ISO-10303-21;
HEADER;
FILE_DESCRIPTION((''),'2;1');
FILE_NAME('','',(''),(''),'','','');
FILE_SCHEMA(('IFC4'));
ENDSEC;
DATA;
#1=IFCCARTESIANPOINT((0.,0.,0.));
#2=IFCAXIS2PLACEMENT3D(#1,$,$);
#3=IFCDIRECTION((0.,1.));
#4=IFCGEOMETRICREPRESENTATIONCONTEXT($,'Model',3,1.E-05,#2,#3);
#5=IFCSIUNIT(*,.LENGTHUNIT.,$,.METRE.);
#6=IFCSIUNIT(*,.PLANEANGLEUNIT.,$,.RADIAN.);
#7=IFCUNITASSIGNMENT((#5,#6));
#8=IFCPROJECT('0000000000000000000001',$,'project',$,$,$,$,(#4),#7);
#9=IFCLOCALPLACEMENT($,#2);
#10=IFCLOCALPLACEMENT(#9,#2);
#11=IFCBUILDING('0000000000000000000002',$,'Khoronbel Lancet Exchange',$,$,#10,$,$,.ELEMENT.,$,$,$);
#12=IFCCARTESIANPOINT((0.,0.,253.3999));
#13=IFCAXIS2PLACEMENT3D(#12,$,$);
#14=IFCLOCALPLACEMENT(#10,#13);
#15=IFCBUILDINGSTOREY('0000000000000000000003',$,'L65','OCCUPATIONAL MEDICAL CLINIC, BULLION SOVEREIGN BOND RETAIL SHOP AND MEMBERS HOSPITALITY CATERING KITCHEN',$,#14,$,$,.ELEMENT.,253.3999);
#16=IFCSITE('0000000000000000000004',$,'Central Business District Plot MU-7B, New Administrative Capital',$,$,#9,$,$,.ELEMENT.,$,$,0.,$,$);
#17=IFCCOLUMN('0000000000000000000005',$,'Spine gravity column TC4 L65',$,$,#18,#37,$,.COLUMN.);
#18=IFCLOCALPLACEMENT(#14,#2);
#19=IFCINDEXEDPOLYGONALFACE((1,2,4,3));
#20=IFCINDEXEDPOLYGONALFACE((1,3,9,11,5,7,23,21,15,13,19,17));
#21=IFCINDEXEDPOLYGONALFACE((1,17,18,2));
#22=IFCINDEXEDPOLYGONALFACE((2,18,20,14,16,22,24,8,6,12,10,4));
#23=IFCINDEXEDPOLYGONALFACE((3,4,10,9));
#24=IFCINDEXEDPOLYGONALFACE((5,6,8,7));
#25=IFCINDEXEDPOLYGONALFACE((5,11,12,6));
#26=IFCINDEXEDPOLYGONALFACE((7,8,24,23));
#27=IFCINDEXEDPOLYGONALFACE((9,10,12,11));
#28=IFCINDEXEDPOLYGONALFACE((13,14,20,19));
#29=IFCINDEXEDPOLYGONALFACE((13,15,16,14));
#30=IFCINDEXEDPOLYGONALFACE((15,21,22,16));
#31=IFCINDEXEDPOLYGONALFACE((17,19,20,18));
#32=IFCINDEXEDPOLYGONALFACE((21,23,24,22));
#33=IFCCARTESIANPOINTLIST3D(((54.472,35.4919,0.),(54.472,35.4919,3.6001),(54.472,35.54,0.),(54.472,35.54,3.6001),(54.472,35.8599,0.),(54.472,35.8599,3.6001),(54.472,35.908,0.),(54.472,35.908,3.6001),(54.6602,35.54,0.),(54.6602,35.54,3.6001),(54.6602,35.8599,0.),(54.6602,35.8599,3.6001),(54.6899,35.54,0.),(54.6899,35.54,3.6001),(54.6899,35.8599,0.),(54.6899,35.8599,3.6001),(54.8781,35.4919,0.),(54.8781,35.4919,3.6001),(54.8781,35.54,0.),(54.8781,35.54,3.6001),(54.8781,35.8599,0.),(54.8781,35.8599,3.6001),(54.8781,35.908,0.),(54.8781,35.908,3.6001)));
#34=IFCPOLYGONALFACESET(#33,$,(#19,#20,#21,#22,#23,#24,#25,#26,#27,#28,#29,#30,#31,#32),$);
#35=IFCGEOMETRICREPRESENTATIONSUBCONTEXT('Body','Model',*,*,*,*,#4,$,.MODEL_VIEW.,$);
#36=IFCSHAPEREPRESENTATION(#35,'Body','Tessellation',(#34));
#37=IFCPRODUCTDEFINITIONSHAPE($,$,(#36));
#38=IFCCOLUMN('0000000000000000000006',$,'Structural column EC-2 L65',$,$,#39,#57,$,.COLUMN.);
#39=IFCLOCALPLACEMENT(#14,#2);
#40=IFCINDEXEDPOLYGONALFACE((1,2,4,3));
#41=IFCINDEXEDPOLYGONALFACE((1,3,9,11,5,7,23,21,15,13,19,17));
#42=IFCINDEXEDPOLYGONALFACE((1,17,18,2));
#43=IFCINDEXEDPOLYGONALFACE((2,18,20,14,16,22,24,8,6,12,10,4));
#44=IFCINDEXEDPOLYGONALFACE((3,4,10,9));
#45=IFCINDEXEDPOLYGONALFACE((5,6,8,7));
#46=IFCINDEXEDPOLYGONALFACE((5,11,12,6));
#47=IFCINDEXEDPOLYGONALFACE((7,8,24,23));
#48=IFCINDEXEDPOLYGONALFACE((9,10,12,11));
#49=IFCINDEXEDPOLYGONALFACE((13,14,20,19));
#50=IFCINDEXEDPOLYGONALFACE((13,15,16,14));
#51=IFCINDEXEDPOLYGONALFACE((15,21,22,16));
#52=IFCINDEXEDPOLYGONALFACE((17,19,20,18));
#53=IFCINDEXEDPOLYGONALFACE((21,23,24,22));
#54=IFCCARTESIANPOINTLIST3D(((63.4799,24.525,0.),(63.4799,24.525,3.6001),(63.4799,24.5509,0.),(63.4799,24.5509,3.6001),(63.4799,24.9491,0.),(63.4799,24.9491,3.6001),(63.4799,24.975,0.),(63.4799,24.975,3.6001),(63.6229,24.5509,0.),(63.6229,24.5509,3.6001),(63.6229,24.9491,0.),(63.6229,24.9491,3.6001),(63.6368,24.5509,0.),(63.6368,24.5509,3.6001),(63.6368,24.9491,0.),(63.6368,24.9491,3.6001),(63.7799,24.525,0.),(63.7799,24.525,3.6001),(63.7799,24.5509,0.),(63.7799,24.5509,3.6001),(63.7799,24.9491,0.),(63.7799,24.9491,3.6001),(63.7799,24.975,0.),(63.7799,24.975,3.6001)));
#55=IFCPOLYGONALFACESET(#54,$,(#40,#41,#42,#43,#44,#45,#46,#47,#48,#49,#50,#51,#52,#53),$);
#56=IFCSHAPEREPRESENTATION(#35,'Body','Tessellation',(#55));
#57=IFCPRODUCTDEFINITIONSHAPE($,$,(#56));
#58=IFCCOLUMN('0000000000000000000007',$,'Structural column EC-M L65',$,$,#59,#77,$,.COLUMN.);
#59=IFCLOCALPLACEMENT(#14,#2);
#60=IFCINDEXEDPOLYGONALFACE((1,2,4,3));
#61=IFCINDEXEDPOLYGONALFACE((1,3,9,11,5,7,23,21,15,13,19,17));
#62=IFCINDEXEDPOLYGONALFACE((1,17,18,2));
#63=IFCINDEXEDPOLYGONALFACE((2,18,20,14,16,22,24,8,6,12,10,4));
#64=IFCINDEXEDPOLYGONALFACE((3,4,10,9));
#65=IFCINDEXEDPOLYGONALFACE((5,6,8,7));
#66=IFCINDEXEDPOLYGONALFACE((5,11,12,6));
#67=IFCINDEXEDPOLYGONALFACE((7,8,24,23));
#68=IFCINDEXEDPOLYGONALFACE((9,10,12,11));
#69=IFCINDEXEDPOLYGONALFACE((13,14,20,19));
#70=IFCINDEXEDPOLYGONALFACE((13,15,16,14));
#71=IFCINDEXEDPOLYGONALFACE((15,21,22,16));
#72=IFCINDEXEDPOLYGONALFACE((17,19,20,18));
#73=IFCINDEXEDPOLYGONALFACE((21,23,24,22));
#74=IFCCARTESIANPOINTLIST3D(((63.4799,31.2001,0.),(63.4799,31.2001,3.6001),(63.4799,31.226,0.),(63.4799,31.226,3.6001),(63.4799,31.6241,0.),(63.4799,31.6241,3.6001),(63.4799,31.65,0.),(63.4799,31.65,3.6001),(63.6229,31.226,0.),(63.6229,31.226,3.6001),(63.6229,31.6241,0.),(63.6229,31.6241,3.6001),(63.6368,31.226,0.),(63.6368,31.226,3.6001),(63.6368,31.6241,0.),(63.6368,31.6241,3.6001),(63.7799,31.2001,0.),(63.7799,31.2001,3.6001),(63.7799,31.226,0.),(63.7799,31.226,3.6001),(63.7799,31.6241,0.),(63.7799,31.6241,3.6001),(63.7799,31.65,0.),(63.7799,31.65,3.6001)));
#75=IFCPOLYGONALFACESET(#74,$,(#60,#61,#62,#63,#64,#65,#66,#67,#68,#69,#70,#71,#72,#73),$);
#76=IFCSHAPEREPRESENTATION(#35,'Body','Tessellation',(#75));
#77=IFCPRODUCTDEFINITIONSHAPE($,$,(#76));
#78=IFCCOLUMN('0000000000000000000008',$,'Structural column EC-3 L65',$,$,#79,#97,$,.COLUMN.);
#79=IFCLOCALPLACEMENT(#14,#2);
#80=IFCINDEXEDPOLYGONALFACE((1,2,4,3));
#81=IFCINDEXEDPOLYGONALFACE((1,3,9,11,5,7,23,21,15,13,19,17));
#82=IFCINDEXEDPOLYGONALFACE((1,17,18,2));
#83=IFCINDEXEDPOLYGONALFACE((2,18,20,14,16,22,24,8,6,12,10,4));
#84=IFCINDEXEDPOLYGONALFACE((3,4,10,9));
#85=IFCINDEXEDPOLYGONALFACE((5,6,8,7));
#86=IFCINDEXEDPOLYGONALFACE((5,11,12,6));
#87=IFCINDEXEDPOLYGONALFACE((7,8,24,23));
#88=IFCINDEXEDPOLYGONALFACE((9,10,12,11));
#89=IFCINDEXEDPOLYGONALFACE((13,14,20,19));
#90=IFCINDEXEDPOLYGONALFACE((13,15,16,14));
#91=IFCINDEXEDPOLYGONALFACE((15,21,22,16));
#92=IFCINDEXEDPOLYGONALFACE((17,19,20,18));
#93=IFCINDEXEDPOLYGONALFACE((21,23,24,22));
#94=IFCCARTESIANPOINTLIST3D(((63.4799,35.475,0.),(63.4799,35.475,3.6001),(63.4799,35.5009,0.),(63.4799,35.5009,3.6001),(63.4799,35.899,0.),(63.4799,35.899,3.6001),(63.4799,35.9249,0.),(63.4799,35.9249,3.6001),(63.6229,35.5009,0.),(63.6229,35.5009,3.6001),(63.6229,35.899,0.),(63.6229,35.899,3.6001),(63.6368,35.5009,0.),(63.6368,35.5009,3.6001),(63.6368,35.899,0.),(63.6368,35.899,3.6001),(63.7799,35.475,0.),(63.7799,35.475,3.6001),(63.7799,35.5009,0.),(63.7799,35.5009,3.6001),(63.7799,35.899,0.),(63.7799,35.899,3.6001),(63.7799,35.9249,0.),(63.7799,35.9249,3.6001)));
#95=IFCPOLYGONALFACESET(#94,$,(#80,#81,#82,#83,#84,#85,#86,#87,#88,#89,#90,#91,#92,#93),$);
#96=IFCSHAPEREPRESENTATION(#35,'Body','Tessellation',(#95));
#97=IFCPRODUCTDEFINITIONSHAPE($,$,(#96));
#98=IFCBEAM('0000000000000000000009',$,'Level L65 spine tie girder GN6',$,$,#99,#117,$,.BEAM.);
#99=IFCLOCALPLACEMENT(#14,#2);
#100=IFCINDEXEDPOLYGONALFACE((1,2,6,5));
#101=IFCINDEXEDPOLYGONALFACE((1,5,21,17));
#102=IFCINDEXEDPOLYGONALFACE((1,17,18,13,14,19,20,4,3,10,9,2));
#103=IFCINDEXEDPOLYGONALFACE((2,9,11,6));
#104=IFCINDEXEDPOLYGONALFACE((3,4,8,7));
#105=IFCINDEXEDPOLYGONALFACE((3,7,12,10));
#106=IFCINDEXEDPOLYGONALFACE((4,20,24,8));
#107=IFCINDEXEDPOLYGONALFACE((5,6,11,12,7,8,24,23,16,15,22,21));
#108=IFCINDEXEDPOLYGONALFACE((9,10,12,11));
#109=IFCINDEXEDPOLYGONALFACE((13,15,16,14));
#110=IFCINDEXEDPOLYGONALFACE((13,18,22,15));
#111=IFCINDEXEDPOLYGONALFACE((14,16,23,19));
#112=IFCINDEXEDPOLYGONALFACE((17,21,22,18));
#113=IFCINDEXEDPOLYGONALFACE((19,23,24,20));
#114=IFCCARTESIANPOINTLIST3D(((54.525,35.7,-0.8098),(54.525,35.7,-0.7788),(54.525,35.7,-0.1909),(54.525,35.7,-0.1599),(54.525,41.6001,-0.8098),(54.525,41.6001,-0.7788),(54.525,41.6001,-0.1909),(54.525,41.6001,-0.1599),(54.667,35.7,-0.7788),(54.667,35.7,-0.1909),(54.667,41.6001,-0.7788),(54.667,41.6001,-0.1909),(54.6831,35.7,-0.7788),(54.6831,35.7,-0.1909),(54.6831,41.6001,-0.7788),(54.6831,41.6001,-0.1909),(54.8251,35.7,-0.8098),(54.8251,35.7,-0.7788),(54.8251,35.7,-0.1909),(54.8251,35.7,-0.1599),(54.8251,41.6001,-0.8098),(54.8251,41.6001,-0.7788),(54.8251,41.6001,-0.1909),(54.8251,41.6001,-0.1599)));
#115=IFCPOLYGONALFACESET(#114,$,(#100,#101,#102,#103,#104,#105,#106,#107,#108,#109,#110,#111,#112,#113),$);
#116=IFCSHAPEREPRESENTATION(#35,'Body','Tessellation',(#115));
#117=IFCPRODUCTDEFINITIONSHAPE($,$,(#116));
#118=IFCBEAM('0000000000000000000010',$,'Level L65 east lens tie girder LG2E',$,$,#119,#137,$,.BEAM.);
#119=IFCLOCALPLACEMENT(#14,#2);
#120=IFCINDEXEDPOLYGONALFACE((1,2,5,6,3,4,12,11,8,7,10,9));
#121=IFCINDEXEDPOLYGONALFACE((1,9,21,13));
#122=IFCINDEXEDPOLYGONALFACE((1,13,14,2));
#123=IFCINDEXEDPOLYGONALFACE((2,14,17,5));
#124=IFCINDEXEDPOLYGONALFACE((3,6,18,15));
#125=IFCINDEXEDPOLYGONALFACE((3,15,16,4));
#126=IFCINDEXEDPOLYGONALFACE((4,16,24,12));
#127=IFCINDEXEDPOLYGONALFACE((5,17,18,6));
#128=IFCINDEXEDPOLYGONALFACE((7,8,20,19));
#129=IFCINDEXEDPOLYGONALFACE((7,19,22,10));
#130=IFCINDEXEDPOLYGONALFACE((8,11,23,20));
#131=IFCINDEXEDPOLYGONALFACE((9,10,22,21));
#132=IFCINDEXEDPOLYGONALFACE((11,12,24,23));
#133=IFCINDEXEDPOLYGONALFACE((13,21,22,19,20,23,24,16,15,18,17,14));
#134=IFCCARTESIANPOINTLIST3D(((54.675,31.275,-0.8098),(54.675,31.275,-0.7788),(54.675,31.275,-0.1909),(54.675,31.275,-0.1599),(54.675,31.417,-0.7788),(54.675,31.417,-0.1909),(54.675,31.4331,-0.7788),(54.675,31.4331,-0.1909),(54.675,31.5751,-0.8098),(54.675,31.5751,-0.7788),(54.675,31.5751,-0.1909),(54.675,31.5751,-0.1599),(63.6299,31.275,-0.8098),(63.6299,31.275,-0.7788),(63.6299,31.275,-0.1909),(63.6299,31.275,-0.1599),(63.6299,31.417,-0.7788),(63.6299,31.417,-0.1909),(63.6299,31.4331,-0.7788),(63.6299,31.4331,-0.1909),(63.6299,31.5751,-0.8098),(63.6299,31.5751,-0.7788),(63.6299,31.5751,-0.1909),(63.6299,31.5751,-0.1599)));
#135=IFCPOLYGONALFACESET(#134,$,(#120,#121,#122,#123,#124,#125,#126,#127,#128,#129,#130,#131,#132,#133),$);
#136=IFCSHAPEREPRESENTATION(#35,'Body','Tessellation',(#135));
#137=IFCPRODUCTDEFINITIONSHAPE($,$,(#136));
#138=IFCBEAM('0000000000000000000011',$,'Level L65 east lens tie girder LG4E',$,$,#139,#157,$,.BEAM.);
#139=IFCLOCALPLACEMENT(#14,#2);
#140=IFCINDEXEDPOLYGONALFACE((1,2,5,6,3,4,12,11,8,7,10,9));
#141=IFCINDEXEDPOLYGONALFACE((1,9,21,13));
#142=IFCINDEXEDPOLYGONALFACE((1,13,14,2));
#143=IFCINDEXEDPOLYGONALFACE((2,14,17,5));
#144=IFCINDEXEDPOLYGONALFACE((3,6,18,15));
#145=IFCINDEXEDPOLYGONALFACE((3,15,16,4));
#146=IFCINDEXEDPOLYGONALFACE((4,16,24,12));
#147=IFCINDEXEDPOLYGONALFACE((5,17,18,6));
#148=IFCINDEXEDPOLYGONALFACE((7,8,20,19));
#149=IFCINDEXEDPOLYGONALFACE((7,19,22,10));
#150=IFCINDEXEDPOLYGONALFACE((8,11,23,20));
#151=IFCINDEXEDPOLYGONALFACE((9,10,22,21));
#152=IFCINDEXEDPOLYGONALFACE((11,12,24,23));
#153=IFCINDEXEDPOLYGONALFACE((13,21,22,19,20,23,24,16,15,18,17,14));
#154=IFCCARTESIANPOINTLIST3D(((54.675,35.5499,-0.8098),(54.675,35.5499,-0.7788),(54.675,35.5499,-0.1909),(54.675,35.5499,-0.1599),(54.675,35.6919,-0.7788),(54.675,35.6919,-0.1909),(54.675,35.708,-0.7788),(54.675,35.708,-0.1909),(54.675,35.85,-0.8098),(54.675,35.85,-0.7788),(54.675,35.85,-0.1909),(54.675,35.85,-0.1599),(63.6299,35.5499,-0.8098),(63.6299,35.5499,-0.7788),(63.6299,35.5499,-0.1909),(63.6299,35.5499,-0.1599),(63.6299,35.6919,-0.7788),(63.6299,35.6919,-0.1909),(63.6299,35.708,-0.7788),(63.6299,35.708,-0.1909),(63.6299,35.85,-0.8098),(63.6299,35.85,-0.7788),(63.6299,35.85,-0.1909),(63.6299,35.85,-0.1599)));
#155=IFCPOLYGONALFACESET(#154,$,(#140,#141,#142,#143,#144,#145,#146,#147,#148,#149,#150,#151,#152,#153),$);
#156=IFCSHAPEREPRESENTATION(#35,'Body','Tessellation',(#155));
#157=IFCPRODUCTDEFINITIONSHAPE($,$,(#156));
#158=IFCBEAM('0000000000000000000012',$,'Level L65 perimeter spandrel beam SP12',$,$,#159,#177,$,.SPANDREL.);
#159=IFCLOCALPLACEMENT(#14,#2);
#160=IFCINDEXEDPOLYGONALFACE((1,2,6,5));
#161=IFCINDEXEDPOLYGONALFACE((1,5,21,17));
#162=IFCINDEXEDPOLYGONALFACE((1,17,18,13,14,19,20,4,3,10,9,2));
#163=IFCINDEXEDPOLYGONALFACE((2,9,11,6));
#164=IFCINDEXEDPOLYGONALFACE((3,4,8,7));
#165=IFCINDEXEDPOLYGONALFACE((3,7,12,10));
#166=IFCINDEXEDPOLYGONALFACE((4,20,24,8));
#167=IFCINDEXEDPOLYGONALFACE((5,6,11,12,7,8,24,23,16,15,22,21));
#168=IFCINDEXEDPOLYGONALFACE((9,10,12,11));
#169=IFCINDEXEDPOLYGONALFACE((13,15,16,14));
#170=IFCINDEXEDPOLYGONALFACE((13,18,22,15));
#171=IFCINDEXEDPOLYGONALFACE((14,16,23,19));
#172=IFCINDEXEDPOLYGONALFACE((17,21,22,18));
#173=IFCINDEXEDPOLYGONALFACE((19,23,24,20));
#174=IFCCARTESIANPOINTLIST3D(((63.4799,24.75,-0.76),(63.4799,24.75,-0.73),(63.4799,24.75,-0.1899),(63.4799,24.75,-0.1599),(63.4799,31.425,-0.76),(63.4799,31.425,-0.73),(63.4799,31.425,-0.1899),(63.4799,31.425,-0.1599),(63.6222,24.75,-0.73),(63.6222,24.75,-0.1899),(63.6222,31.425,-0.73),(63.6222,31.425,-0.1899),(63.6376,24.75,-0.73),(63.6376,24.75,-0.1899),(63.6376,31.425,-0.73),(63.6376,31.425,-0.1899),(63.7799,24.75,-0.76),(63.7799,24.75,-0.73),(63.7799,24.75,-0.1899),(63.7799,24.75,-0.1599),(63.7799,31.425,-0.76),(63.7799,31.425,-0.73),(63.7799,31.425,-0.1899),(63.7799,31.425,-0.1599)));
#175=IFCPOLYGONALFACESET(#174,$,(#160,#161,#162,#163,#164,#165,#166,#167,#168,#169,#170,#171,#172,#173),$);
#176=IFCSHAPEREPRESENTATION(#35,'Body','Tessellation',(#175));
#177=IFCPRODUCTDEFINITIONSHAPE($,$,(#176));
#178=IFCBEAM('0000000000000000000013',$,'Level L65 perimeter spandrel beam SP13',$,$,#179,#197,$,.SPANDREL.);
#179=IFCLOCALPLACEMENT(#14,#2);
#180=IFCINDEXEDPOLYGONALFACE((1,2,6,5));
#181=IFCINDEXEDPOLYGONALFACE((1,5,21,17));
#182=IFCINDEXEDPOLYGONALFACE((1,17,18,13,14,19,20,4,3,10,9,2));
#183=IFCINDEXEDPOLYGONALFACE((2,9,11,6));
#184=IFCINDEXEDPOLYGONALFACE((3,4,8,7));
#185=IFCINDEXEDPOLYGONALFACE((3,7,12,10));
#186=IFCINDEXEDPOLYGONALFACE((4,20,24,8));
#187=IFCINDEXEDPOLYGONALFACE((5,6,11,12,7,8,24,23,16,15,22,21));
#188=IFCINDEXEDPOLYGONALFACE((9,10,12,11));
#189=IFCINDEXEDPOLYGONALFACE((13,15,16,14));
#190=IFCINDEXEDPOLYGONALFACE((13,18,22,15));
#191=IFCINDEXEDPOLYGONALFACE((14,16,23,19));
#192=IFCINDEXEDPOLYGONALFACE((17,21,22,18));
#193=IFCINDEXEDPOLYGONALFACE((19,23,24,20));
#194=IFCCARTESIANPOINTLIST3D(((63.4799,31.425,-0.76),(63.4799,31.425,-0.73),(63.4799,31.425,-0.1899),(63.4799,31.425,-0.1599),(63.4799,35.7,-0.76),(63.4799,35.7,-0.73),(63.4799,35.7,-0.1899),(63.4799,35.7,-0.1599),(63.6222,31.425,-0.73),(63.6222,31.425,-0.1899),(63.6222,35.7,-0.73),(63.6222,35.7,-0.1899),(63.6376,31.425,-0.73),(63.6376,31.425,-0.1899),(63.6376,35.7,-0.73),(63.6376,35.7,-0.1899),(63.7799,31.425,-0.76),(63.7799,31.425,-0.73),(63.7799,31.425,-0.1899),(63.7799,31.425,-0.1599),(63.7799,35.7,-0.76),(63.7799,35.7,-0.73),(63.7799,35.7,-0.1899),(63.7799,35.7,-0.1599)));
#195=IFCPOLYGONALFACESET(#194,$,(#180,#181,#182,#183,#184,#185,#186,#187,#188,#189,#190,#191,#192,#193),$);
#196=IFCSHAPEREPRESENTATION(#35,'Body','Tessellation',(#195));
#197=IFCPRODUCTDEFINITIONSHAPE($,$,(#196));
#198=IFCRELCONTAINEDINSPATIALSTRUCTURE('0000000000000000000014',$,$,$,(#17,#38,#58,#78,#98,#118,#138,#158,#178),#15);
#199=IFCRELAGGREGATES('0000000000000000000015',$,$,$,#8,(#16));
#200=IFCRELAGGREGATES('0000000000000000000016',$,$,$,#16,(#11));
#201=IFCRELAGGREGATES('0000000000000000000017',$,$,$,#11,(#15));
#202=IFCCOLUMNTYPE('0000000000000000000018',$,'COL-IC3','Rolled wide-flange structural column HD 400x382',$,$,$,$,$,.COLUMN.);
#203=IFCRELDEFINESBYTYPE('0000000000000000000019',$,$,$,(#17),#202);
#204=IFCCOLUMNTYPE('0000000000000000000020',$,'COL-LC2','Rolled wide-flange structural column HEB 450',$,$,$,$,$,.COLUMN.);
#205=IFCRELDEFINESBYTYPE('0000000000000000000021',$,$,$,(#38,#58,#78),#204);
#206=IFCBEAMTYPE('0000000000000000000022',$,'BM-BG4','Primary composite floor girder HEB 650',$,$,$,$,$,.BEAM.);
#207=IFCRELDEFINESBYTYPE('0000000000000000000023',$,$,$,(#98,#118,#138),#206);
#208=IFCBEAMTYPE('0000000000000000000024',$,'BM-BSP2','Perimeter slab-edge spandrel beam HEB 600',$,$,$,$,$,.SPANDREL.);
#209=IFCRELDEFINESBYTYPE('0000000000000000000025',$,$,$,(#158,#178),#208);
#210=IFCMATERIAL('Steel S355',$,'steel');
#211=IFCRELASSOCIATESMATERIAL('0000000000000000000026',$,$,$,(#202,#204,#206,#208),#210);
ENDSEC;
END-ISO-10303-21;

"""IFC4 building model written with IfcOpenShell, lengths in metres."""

from ifc_helpers import new_model, si_unit, direction, frame, origin, origin_2d, place, context, subcontext, project, spatial, i_section, extrude, material, material_profile, profile_set, type_object, element, save


model = new_model("IFC4")

# Units and contexts
model_context = context("Model", 3, precision=1e-05, world=origin(), true_north=direction((0.0, 1.0)))
body_context = subcontext(model_context, "Body", "Model", "MODEL_VIEW")
ifc_project = project(units=[si_unit("LENGTHUNIT", "METRE"), si_unit("PLANEANGLEUNIT", "RADIAN")], contexts=[model_context])

# Site, building, storey
site_placement = place(None, origin())
site = spatial("IfcSite", under=ifc_project, at=site_placement, Name="Central Business District Plot MU-7B, New Administrative Capital", CompositionType="ELEMENT", RefElevation=0.0)
building_placement = place(site_placement, origin())
building = spatial("IfcBuilding", under=site, at=building_placement, Name="Khoronbel Lancet Exchange", CompositionType="ELEMENT")
storey_placement = place(building_placement, frame((0.0, 0.0, 253.3999)))
storey = spatial("IfcBuildingStorey", under=building, at=storey_placement, Name="L65", Description="OCCUPATIONAL MEDICAL CLINIC, BULLION SOVEREIGN BOND RETAIL SHOP AND MEMBERS HOSPITALITY CATERING KITCHEN", CompositionType="ELEMENT", Elevation=253.3999)

# Columns
ifc_material_1 = material(Name="Steel S355", Category="steel")
ifc_material_profile_1 = material_profile(ifc_material_1, i_section(OverallWidth=0.406, OverallDepth=0.416, WebThickness=0.0298, FlangeThickness=0.0481, at=origin_2d()), Name="HD 400x382")
ifc_profile_set_1 = profile_set([ifc_material_profile_1], Name="Steel S355")
column_type_1 = type_object("IfcColumnType", Name="COL-IC3", Description="Rolled wide-flange structural column HD 400x382", PredefinedType="COLUMN", material=ifc_profile_set_1)
column_placement = place(storey_placement, frame((54.675, 35.7, 0.0), z_axis=(0.0, 0.0, 1.0), x_axis=(1.0, 0.0, 0.0)))
element("IfcColumn", 1, at=column_placement, inside=storey, type_object=column_type_1, Name="Spine gravity column TC4 L65", PredefinedType="COLUMN", context=body_context, shape_type="SweptSolid", body=[
    extrude(i_section(OverallWidth=0.406, OverallDepth=0.416, WebThickness=0.0298, FlangeThickness=0.0481, at=origin_2d()), origin(), (0.0, 0.0, 1.0), 3.6001),
])
ifc_material_profile_2 = material_profile(ifc_material_1, i_section(OverallWidth=0.3, OverallDepth=0.45, WebThickness=0.0139, FlangeThickness=0.0259, at=origin_2d()), Name="HEB 450")
ifc_profile_set_2 = profile_set([ifc_material_profile_2], Name="Steel S355")
column_type_2 = type_object("IfcColumnType", Name="COL-LC2", Description="Rolled wide-flange structural column HEB 450", PredefinedType="COLUMN", material=ifc_profile_set_2)
for number, where, z_axis, x_axis, name in (
    (2, (63.6299, 24.75, 0.0), (0.0, 0.0, 1.0), (1.0, 0.0, 0.0), "Structural column EC-2 L65"),
    (3, (63.6299, 31.425, 0.0), (0.0, 0.0, 1.0), (1.0, 0.0, 0.0), "Structural column EC-M L65"),
    (4, (63.6299, 35.7, 0.0), (0.0, 0.0, 1.0), (1.0, 0.0, 0.0), "Structural column EC-3 L65"),
):
    element("IfcColumn", number, at=place(storey_placement, frame(where, z_axis=z_axis, x_axis=x_axis)), inside=storey, type_object=column_type_2, Name=name, PredefinedType="COLUMN", context=body_context, shape_type="SweptSolid", body=[
        extrude(i_section(OverallWidth=0.3, OverallDepth=0.45, WebThickness=0.0139, FlangeThickness=0.0259, at=origin_2d()), origin(), (0.0, 0.0, 1.0), 3.6001),
    ])

# Beams
ifc_material_profile_3 = material_profile(ifc_material_1, i_section(OverallWidth=0.3, OverallDepth=0.6499, WebThickness=0.0161, FlangeThickness=0.031, at=origin_2d()), Name="HEB 650")
ifc_profile_set_3 = profile_set([ifc_material_profile_3], Name="Steel S355")
beam_type_1 = type_object("IfcBeamType", Name="BM-BG4", Description="Primary composite floor girder HEB 650", PredefinedType="BEAM", material=ifc_profile_set_3)
beam_1_placement = place(storey_placement, frame((54.675, 35.7, -0.4849), z_axis=(0.0, 1.0, 0.0), x_axis=(-1.0, 0.0, 0.0)))
element("IfcBeam", 5, at=beam_1_placement, inside=storey, type_object=beam_type_1, Name="Level L65 spine tie girder GN6", PredefinedType="BEAM", context=body_context, shape_type="SweptSolid", body=[
    extrude(i_section(OverallWidth=0.3, OverallDepth=0.6499, WebThickness=0.0161, FlangeThickness=0.031, at=origin_2d()), origin(), (0.0, 0.0, 1.0), 5.9001),
])
for number, where, z_axis, x_axis, name in (
    (6, (54.675, 31.425, -0.4849), (1.0, 0.0, 0.0), (0.0, 1.0, 0.0), "Level L65 east lens tie girder LG2E"),
    (7, (54.675, 35.7, -0.4849), (1.0, 0.0, 0.0), (0.0, 1.0, 0.0), "Level L65 east lens tie girder LG4E"),
):
    element("IfcBeam", number, at=place(storey_placement, frame(where, z_axis=z_axis, x_axis=x_axis)), inside=storey, type_object=beam_type_1, Name=name, PredefinedType="BEAM", context=body_context, shape_type="SweptSolid", body=[
        extrude(i_section(OverallWidth=0.3, OverallDepth=0.6499, WebThickness=0.0161, FlangeThickness=0.031, at=origin_2d()), origin(), (0.0, 0.0, 1.0), 8.9548),
    ])
ifc_material_profile_4 = material_profile(ifc_material_1, i_section(OverallWidth=0.3, OverallDepth=0.6001, WebThickness=0.0154, FlangeThickness=0.03, at=origin_2d()), Name="HEB 600")
ifc_profile_set_4 = profile_set([ifc_material_profile_4], Name="Steel S355")
beam_type_2 = type_object("IfcBeamType", Name="BM-BSP2", Description="Perimeter slab-edge spandrel beam HEB 600", PredefinedType="SPANDREL", material=ifc_profile_set_4)
beam_2_placement = place(storey_placement, frame((63.6299, 24.75, -0.46), z_axis=(0.0, 1.0, 0.0), x_axis=(-1.0, 0.0, 0.0)))
element("IfcBeam", 8, at=beam_2_placement, inside=storey, type_object=beam_type_2, Name="Level L65 perimeter spandrel beam SP12", PredefinedType="SPANDREL", context=body_context, shape_type="SweptSolid", body=[
    extrude(i_section(OverallWidth=0.3, OverallDepth=0.6001, WebThickness=0.0154, FlangeThickness=0.03, at=origin_2d()), origin(), (0.0, 0.0, 1.0), 6.675),
])
beam_3_placement = place(storey_placement, frame((63.6299, 31.425, -0.46), z_axis=(0.0, 1.0, 0.0), x_axis=(-1.0, 0.0, 0.0)))
element("IfcBeam", 9, at=beam_3_placement, inside=storey, type_object=beam_type_2, Name="Level L65 perimeter spandrel beam SP13", PredefinedType="SPANDREL", context=body_context, shape_type="SweptSolid", body=[
    extrude(i_section(OverallWidth=0.3, OverallDepth=0.6001, WebThickness=0.0154, FlangeThickness=0.03, at=origin_2d()), origin(), (0.0, 0.0, 1.0), 4.2749),
])

save(model, "model.ifc")
